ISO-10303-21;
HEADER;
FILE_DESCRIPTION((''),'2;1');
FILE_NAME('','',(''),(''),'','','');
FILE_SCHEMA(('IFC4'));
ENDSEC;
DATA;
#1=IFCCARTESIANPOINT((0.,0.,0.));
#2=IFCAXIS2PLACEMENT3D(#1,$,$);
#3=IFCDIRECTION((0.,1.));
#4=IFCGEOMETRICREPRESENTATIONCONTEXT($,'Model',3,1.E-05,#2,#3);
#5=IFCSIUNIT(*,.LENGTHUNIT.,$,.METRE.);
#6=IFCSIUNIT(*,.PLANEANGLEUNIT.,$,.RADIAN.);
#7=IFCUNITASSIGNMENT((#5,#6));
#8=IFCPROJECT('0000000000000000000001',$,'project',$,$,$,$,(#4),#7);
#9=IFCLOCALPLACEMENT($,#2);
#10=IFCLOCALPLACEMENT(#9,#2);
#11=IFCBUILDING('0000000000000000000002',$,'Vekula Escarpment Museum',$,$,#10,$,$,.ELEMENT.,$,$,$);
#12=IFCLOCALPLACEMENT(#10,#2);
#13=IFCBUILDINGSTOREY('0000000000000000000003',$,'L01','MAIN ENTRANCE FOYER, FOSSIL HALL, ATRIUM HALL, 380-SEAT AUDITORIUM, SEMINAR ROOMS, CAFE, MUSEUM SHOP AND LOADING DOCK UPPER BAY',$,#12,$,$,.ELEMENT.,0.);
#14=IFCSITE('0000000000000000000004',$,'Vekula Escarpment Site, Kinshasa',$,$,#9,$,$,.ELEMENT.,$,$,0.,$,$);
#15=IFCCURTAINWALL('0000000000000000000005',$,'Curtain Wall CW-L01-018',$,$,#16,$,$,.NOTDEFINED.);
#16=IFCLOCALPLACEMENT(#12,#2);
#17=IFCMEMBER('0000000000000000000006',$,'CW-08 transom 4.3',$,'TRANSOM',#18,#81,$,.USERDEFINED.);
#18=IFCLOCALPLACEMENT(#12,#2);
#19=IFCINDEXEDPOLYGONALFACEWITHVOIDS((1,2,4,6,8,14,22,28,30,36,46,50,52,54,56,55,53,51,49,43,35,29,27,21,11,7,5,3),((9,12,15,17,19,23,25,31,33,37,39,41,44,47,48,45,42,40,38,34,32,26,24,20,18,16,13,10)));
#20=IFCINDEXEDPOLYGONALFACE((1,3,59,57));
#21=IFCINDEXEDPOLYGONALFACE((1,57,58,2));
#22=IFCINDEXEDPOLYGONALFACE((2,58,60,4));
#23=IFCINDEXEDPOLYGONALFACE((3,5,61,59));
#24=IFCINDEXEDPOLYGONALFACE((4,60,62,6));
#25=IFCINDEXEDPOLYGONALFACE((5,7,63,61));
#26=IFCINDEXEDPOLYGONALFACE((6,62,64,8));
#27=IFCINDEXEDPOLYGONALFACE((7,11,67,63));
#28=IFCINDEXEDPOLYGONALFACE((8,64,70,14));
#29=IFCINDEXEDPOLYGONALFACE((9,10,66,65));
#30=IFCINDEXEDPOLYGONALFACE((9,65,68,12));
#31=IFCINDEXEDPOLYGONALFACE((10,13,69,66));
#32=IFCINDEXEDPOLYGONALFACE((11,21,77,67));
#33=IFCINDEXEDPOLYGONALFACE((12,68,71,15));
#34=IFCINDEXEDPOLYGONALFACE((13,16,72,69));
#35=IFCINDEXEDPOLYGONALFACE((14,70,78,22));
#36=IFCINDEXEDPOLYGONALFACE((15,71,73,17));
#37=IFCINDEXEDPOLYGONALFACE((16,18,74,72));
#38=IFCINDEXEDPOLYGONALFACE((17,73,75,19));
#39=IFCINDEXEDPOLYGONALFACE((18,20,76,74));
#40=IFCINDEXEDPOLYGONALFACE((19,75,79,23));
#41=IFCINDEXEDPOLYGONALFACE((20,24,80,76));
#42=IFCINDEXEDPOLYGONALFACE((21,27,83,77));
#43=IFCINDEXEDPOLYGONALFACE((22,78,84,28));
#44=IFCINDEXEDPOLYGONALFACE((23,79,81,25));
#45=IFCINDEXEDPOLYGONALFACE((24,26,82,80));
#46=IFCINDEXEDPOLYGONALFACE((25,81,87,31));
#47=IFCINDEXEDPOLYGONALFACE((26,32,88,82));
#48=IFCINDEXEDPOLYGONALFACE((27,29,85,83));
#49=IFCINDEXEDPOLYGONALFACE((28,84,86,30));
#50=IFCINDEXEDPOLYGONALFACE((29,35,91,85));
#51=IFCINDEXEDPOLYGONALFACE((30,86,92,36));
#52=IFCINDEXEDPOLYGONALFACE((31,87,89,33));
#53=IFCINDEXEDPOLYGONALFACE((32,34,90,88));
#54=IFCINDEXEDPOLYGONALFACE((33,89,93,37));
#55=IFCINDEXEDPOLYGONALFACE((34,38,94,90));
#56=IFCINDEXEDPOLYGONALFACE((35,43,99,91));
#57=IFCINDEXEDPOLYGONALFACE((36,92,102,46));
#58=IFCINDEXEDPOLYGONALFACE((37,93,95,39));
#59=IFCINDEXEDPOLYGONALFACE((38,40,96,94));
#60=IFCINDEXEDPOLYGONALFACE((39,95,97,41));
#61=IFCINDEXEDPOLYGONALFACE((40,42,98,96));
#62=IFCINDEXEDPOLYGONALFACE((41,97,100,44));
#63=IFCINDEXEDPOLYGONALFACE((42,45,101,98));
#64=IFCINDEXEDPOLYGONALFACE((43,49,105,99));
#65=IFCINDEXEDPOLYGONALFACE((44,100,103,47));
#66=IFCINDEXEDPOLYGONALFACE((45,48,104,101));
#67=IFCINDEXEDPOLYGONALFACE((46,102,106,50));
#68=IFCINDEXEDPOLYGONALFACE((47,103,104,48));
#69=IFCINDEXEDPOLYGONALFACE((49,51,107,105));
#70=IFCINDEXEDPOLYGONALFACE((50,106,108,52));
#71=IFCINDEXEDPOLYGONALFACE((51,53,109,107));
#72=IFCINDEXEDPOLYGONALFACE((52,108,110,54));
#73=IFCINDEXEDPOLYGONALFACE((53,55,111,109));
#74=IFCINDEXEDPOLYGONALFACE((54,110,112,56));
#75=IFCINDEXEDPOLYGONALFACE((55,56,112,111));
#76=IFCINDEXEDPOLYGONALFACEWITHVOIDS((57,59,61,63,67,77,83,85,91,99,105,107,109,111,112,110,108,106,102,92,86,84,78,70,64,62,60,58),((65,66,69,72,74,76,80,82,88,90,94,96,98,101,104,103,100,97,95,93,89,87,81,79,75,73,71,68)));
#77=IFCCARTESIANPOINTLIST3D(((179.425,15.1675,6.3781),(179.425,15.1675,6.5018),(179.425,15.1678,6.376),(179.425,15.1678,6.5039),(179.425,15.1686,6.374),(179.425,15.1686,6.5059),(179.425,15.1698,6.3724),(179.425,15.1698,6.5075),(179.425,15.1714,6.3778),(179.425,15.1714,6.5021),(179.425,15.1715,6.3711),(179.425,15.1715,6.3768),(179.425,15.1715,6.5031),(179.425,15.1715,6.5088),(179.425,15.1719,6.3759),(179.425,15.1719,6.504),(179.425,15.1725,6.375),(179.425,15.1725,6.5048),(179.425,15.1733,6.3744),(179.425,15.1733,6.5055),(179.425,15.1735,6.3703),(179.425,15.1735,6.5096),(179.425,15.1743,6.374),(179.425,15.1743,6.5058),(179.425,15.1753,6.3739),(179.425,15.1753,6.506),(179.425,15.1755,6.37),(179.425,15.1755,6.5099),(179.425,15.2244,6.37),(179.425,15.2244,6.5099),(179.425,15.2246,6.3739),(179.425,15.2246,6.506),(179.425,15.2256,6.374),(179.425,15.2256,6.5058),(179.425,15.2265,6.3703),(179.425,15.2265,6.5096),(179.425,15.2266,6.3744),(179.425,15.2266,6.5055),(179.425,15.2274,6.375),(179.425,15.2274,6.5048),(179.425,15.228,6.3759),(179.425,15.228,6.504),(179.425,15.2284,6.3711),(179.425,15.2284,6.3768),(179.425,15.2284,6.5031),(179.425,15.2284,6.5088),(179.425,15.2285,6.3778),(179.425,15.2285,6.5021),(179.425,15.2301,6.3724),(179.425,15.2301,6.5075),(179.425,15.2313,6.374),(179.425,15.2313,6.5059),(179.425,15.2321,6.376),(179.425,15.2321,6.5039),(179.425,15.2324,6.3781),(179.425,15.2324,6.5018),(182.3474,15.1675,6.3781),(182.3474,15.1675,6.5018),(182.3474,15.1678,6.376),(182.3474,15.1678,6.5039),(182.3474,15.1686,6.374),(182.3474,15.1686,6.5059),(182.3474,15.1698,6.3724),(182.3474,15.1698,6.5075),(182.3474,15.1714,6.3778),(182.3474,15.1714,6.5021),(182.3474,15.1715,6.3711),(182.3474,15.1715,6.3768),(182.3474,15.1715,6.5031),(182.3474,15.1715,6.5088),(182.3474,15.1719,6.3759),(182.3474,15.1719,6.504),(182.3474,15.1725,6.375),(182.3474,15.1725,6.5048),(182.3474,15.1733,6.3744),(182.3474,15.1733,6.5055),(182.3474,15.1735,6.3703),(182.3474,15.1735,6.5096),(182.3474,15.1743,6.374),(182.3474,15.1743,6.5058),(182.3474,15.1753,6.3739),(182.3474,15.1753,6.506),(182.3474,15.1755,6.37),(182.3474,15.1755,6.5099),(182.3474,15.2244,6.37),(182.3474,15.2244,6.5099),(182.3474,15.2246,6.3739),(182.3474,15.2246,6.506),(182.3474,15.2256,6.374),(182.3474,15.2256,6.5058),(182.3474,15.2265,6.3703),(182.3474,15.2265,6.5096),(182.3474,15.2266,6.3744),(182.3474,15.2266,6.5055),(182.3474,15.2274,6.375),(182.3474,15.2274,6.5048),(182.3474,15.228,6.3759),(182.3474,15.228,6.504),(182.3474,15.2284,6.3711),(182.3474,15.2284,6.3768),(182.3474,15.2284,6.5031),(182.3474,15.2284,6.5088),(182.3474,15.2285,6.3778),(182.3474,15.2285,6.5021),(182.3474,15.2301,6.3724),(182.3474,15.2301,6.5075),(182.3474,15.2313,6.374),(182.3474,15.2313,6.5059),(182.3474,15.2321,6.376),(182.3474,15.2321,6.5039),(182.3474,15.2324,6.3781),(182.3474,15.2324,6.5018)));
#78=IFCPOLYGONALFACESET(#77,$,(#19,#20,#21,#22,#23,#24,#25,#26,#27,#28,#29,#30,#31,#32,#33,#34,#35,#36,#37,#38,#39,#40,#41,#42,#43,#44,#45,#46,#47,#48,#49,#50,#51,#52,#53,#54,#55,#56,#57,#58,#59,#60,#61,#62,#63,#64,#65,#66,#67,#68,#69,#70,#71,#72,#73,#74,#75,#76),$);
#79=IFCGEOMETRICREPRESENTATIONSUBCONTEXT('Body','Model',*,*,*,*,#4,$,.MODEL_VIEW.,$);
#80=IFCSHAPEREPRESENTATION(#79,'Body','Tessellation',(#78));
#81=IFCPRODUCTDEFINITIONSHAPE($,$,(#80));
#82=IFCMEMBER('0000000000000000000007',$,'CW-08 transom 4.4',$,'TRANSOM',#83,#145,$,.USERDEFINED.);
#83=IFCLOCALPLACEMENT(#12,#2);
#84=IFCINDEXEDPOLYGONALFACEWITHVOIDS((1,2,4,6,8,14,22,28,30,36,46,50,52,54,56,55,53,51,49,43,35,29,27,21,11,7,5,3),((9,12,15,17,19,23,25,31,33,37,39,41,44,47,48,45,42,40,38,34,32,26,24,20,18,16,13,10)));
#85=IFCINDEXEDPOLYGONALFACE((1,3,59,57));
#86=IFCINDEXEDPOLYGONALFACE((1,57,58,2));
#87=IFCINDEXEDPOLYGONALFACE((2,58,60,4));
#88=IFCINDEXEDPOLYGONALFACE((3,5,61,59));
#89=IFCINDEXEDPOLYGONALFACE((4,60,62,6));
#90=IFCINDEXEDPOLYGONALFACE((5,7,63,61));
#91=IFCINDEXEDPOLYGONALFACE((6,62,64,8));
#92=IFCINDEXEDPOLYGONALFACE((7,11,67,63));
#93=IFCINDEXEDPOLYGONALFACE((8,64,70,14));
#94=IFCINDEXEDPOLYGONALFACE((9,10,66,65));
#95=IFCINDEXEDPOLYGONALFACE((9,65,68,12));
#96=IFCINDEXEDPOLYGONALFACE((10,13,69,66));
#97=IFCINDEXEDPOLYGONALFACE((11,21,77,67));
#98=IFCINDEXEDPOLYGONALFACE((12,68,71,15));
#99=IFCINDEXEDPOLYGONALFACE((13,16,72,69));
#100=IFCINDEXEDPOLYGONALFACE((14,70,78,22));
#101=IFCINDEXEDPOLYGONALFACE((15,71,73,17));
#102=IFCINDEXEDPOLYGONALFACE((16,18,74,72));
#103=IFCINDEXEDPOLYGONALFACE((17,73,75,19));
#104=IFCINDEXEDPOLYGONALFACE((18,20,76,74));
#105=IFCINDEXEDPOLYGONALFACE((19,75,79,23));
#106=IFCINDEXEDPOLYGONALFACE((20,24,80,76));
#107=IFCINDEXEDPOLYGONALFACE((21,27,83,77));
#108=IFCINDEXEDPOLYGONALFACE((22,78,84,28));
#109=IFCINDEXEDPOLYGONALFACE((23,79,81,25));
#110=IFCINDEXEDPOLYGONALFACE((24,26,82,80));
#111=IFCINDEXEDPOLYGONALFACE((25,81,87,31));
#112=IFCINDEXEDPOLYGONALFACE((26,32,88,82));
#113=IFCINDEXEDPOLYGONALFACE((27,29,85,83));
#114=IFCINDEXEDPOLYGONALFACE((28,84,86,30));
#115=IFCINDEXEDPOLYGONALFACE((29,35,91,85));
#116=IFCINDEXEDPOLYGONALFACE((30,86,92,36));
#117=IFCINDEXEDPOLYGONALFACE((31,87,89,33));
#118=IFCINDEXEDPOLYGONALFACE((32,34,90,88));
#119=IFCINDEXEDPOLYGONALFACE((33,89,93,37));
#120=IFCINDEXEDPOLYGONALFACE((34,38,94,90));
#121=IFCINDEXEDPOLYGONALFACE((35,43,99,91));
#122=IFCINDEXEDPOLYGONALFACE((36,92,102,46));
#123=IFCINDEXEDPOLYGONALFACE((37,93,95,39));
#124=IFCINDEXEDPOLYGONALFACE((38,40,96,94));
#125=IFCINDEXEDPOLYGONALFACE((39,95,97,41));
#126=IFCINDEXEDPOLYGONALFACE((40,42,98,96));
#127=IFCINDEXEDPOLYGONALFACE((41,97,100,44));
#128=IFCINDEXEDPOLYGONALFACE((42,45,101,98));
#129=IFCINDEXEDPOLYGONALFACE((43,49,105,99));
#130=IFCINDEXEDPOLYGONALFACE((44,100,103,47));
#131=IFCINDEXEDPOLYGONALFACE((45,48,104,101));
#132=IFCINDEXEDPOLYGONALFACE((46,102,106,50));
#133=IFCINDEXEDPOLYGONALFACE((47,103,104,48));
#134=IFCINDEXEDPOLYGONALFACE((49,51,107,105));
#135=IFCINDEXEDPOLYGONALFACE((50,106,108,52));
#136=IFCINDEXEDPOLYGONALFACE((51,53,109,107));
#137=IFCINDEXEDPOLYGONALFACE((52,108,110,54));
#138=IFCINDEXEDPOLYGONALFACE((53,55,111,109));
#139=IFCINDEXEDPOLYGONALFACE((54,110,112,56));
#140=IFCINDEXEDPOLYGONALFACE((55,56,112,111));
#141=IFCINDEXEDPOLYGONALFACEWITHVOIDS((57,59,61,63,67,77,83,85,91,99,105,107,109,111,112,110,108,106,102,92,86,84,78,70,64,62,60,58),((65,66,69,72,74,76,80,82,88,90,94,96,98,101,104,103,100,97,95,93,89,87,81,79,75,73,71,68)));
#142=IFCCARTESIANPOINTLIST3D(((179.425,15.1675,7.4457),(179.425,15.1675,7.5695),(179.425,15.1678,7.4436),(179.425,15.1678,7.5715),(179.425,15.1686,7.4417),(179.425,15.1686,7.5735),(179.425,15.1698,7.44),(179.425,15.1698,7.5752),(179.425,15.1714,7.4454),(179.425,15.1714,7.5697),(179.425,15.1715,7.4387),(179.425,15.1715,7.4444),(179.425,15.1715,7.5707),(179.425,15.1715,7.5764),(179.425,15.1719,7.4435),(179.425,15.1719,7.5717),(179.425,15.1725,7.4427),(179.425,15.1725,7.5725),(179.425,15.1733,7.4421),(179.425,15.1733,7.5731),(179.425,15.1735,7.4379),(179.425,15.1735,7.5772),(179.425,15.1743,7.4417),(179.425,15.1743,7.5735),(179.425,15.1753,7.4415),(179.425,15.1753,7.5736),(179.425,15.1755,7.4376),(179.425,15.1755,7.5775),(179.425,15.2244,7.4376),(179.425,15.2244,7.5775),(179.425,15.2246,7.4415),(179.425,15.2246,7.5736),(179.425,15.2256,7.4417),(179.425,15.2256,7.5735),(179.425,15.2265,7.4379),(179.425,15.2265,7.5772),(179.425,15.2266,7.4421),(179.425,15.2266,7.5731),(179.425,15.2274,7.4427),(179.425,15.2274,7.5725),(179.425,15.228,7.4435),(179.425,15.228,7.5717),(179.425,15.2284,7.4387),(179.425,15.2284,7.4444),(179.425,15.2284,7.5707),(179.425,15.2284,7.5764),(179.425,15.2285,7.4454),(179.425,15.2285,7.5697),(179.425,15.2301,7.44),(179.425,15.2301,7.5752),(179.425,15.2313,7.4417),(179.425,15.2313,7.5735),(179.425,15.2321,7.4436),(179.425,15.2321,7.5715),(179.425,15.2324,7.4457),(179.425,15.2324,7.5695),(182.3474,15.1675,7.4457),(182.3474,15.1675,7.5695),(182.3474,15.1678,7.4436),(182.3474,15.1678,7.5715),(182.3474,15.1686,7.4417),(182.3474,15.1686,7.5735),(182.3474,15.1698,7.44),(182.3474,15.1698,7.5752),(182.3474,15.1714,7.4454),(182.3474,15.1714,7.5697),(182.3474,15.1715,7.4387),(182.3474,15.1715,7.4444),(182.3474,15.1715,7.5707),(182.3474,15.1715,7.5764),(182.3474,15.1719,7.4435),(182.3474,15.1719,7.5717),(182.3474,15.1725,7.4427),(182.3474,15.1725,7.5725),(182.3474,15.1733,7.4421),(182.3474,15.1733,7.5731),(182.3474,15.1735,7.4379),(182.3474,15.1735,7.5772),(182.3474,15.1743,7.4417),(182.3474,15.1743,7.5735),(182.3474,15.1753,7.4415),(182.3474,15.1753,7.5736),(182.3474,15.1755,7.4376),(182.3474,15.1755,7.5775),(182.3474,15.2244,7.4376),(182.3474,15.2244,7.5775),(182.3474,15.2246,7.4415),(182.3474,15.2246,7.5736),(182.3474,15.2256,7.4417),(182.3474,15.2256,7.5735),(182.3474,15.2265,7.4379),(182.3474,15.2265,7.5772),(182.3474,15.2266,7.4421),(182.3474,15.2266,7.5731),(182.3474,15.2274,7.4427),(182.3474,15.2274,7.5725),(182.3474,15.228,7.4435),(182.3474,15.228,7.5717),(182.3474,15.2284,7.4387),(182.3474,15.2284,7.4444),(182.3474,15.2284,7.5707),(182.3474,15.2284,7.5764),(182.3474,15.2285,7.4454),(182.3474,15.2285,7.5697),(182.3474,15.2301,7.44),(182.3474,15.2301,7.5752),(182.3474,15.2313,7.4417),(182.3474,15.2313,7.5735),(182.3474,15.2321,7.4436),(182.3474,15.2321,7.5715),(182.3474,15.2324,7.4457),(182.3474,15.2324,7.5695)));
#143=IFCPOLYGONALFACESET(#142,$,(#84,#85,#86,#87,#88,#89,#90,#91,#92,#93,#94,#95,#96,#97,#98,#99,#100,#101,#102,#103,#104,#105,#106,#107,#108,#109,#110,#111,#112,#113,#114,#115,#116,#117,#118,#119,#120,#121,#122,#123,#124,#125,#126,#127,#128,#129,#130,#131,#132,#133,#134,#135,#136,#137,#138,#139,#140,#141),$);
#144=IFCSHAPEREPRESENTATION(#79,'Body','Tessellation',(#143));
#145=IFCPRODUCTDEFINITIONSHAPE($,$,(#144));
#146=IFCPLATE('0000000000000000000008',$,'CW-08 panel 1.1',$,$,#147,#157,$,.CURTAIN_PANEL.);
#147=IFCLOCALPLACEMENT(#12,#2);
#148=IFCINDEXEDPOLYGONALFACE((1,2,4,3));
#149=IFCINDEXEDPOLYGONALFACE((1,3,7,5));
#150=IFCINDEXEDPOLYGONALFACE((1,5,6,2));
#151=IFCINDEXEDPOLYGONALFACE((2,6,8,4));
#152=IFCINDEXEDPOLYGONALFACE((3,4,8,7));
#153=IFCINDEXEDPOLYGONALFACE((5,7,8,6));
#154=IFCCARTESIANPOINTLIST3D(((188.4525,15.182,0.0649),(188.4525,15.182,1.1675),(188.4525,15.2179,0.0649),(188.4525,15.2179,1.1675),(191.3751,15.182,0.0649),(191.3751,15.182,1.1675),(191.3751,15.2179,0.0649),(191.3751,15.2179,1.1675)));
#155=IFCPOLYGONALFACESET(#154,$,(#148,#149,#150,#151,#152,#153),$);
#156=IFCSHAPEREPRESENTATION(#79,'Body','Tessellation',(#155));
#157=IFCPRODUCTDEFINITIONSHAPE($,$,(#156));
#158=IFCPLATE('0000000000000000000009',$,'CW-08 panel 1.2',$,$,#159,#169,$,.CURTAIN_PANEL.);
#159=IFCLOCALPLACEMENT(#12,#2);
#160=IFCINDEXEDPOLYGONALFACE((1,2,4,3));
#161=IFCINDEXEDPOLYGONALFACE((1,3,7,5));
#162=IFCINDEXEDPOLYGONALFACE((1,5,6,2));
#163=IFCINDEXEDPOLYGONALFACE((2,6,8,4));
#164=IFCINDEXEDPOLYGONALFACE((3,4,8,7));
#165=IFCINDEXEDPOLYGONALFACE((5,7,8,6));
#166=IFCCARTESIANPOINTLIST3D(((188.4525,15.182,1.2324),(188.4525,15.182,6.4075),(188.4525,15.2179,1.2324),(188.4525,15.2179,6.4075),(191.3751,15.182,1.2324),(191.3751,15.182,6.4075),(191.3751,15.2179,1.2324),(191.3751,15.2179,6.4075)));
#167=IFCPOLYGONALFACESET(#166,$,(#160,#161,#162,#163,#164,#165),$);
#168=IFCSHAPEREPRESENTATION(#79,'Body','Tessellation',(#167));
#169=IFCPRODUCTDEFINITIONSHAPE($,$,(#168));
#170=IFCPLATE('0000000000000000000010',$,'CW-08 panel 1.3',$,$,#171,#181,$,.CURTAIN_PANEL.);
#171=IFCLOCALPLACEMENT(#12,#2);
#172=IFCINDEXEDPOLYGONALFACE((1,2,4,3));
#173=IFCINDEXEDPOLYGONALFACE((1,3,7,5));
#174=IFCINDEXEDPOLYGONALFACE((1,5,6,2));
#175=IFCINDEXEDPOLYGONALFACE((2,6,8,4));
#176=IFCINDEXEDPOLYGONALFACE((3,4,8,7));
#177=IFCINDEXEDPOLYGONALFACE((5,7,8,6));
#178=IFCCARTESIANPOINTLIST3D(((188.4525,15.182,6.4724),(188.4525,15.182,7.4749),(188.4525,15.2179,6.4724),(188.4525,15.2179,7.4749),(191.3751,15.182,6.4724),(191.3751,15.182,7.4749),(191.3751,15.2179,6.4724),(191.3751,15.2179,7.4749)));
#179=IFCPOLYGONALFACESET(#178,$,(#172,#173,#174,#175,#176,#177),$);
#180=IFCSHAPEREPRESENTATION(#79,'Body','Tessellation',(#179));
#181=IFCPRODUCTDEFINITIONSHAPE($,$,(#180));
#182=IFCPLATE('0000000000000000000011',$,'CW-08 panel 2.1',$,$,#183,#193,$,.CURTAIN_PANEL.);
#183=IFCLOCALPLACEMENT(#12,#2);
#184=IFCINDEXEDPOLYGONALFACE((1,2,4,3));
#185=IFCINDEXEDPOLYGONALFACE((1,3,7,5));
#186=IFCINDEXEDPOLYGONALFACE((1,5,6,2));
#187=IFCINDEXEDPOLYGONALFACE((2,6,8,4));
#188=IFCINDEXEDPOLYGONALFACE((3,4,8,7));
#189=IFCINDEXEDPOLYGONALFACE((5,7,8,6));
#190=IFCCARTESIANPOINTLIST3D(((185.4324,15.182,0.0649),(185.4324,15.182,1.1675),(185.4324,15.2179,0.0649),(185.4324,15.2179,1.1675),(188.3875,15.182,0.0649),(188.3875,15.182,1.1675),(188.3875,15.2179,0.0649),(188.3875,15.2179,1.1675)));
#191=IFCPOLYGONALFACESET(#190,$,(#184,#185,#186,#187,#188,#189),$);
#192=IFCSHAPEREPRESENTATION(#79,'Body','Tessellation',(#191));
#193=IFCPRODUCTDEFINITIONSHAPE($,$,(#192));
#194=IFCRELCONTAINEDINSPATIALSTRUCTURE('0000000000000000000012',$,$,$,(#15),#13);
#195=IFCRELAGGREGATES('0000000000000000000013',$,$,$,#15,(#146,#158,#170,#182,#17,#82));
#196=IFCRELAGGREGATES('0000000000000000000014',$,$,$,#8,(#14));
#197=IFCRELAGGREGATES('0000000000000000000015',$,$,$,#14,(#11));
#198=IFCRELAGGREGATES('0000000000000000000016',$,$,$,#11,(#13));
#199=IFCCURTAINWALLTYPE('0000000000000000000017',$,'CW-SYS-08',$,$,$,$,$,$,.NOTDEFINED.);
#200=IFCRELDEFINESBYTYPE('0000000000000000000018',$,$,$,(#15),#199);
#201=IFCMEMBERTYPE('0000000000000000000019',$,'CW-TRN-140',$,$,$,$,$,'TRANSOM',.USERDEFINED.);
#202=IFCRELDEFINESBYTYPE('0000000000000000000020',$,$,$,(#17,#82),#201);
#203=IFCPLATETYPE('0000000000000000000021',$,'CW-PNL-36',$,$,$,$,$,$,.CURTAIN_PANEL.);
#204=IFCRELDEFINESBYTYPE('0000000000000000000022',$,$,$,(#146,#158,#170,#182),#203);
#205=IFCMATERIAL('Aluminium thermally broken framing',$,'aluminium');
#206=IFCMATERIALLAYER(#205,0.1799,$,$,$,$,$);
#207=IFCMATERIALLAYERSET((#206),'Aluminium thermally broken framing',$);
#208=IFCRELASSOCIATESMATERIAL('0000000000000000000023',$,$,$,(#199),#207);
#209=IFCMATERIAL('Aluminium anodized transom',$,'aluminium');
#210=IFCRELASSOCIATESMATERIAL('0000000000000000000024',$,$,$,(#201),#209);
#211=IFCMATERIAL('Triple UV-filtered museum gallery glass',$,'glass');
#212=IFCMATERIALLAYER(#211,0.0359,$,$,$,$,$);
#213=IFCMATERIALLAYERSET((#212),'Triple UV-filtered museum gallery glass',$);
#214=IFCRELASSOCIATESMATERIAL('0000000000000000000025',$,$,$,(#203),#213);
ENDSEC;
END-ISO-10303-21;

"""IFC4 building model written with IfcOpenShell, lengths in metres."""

from ifc_helpers import new_model, si_unit, direction, frame, origin, origin_2d, place, context, subcontext, project, spatial, rectangle, hollow_rectangle, extrude, material, layer, layer_set, material_profile, profile_set, type_object, element, aggregate, save


model = new_model("IFC4")

# Units and contexts
model_context = context("Model", 3, precision=1e-05, world=origin(), true_north=direction((0.0, 1.0)))
body_context = subcontext(model_context, "Body", "Model", "MODEL_VIEW")
ifc_project = project(units=[si_unit("LENGTHUNIT", "METRE"), si_unit("PLANEANGLEUNIT", "RADIAN")], contexts=[model_context])

# Site, building, storey
site_placement = place(None, origin())
site = spatial("IfcSite", under=ifc_project, at=site_placement, Name="Vekula Escarpment Site, Kinshasa", CompositionType="ELEMENT", RefElevation=0.0)
building_placement = place(site_placement, origin())
building = spatial("IfcBuilding", under=site, at=building_placement, Name="Vekula Escarpment Museum", CompositionType="ELEMENT")
storey_placement = place(building_placement, origin())
storey = spatial("IfcBuildingStorey", under=building, at=storey_placement, Name="L01", Description="MAIN ENTRANCE FOYER, FOSSIL HALL, ATRIUM HALL, 380-SEAT AUDITORIUM, SEMINAR ROOMS, CAFE, MUSEUM SHOP AND LOADING DOCK UPPER BAY", CompositionType="ELEMENT", Elevation=0.0)

# Curtain wall, members, plates
ifc_material_1 = material(Name="Aluminium thermally broken framing", Category="aluminium")
ifc_layer_1 = layer(ifc_material_1, 0.1799)
ifc_layer_set_1 = layer_set([ifc_layer_1], Name="Aluminium thermally broken framing")
curtain_wall_type = type_object("IfcCurtainWallType", Name="CW-SYS-08", PredefinedType="NOTDEFINED", material=ifc_layer_set_1)
curtain_wall_placement = place(storey_placement, origin())
curtain_wall = element("IfcCurtainWall", 1, at=curtain_wall_placement, inside=storey, type_object=curtain_wall_type, Name="Curtain Wall CW-L01-018", PredefinedType="NOTDEFINED")
ifc_material_2 = material(Name="Aluminium anodized transom", Category="aluminium")
ifc_material_profile_1 = material_profile(ifc_material_2, hollow_rectangle(XDim=0.0649, YDim=0.1399, WallThickness=0.0039, InnerFilletRadius=0.0039, OuterFilletRadius=0.0081, at=origin_2d()), Name="ALU 140x65x4")
ifc_profile_set_1 = profile_set([ifc_material_profile_1], Name="Aluminium anodized transom")
member_type_1 = type_object("IfcMemberType", Name="CW-TRN-140", ElementType="TRANSOM", PredefinedType="USERDEFINED", material=ifc_profile_set_1)
member_1_placement = place(storey_placement, frame((182.3474, 15.2, 6.4399), z_axis=(-1.0, 0.0, 0.0), x_axis=(0.0, -1.0, 0.0)))
member_1 = element("IfcMember", 2, at=member_1_placement, type_object=member_type_1, Name="CW-08 transom 4.3", ObjectType="TRANSOM", PredefinedType="USERDEFINED", context=body_context, shape_type="SweptSolid", body=[
    extrude(hollow_rectangle(XDim=0.0649, YDim=0.1399, WallThickness=0.0039, InnerFilletRadius=0.0039, OuterFilletRadius=0.0081, at=origin_2d()), origin(), (0.0, 0.0, 1.0), 2.9224),
])
member_2_placement = place(storey_placement, frame((182.3474, 15.2, 7.5076), z_axis=(-1.0, 0.0, 0.0), x_axis=(0.0, -1.0, 0.0)))
member_2 = element("IfcMember", 3, at=member_2_placement, type_object=member_type_1, Name="CW-08 transom 4.4", ObjectType="TRANSOM", PredefinedType="USERDEFINED", context=body_context, shape_type="SweptSolid", body=[
    extrude(hollow_rectangle(XDim=0.0649, YDim=0.1399, WallThickness=0.0039, InnerFilletRadius=0.0039, OuterFilletRadius=0.0081, at=origin_2d()), origin(), (0.0, 0.0, 1.0), 2.9224),
])
ifc_material_3 = material(Name="Triple UV-filtered museum gallery glass", Category="glass")
ifc_layer_2 = layer(ifc_material_3, 0.0359)
ifc_layer_set_2 = layer_set([ifc_layer_2], Name="Triple UV-filtered museum gallery glass")
plate_type = type_object("IfcPlateType", Name="CW-PNL-36", PredefinedType="CURTAIN_PANEL", material=ifc_layer_set_2)
plate_1_placement = place(storey_placement, frame((189.9138, 15.2, 0.0649), z_axis=(0.0, 0.0, 1.0), x_axis=(-1.0, 0.0, 0.0)))
plate_1 = element("IfcPlate", 4, at=plate_1_placement, type_object=plate_type, Name="CW-08 panel 1.1", PredefinedType="CURTAIN_PANEL", context=body_context, shape_type="SweptSolid", body=[
    extrude(rectangle(XDim=2.9226, YDim=0.0359, at=origin_2d()), origin(), (0.0, 0.0, 1.0), 1.1025),
])
plate_2_placement = place(storey_placement, frame((189.9138, 15.2, 1.2324), z_axis=(0.0, 0.0, 1.0), x_axis=(-1.0, 0.0, 0.0)))
plate_2 = element("IfcPlate", 5, at=plate_2_placement, type_object=plate_type, Name="CW-08 panel 1.2", PredefinedType="CURTAIN_PANEL", context=body_context, shape_type="SweptSolid", body=[
    extrude(rectangle(XDim=2.9226, YDim=0.0359, at=origin_2d()), origin(), (0.0, 0.0, 1.0), 5.175),
])
plate_3_placement = place(storey_placement, frame((189.9138, 15.2, 6.4724), z_axis=(0.0, 0.0, 1.0), x_axis=(-1.0, 0.0, 0.0)))
plate_3 = element("IfcPlate", 6, at=plate_3_placement, type_object=plate_type, Name="CW-08 panel 1.3", PredefinedType="CURTAIN_PANEL", context=body_context, shape_type="SweptSolid", body=[
    extrude(rectangle(XDim=2.9226, YDim=0.0359, at=origin_2d()), origin(), (0.0, 0.0, 1.0), 1.0024),
])
plate_4_placement = place(storey_placement, frame((186.9099, 15.2, 0.0649), z_axis=(0.0, 0.0, 1.0), x_axis=(-1.0, 0.0, 0.0)))
plate_4 = element("IfcPlate", 7, at=plate_4_placement, type_object=plate_type, Name="CW-08 panel 2.1", PredefinedType="CURTAIN_PANEL", context=body_context, shape_type="SweptSolid", body=[
    extrude(rectangle(XDim=2.9551, YDim=0.0359, at=origin_2d()), origin(), (0.0, 0.0, 1.0), 1.1025),
])
aggregate(curtain_wall, [plate_1, plate_2, plate_3, plate_4, member_1, member_2])

save(model, "model.ifc")
